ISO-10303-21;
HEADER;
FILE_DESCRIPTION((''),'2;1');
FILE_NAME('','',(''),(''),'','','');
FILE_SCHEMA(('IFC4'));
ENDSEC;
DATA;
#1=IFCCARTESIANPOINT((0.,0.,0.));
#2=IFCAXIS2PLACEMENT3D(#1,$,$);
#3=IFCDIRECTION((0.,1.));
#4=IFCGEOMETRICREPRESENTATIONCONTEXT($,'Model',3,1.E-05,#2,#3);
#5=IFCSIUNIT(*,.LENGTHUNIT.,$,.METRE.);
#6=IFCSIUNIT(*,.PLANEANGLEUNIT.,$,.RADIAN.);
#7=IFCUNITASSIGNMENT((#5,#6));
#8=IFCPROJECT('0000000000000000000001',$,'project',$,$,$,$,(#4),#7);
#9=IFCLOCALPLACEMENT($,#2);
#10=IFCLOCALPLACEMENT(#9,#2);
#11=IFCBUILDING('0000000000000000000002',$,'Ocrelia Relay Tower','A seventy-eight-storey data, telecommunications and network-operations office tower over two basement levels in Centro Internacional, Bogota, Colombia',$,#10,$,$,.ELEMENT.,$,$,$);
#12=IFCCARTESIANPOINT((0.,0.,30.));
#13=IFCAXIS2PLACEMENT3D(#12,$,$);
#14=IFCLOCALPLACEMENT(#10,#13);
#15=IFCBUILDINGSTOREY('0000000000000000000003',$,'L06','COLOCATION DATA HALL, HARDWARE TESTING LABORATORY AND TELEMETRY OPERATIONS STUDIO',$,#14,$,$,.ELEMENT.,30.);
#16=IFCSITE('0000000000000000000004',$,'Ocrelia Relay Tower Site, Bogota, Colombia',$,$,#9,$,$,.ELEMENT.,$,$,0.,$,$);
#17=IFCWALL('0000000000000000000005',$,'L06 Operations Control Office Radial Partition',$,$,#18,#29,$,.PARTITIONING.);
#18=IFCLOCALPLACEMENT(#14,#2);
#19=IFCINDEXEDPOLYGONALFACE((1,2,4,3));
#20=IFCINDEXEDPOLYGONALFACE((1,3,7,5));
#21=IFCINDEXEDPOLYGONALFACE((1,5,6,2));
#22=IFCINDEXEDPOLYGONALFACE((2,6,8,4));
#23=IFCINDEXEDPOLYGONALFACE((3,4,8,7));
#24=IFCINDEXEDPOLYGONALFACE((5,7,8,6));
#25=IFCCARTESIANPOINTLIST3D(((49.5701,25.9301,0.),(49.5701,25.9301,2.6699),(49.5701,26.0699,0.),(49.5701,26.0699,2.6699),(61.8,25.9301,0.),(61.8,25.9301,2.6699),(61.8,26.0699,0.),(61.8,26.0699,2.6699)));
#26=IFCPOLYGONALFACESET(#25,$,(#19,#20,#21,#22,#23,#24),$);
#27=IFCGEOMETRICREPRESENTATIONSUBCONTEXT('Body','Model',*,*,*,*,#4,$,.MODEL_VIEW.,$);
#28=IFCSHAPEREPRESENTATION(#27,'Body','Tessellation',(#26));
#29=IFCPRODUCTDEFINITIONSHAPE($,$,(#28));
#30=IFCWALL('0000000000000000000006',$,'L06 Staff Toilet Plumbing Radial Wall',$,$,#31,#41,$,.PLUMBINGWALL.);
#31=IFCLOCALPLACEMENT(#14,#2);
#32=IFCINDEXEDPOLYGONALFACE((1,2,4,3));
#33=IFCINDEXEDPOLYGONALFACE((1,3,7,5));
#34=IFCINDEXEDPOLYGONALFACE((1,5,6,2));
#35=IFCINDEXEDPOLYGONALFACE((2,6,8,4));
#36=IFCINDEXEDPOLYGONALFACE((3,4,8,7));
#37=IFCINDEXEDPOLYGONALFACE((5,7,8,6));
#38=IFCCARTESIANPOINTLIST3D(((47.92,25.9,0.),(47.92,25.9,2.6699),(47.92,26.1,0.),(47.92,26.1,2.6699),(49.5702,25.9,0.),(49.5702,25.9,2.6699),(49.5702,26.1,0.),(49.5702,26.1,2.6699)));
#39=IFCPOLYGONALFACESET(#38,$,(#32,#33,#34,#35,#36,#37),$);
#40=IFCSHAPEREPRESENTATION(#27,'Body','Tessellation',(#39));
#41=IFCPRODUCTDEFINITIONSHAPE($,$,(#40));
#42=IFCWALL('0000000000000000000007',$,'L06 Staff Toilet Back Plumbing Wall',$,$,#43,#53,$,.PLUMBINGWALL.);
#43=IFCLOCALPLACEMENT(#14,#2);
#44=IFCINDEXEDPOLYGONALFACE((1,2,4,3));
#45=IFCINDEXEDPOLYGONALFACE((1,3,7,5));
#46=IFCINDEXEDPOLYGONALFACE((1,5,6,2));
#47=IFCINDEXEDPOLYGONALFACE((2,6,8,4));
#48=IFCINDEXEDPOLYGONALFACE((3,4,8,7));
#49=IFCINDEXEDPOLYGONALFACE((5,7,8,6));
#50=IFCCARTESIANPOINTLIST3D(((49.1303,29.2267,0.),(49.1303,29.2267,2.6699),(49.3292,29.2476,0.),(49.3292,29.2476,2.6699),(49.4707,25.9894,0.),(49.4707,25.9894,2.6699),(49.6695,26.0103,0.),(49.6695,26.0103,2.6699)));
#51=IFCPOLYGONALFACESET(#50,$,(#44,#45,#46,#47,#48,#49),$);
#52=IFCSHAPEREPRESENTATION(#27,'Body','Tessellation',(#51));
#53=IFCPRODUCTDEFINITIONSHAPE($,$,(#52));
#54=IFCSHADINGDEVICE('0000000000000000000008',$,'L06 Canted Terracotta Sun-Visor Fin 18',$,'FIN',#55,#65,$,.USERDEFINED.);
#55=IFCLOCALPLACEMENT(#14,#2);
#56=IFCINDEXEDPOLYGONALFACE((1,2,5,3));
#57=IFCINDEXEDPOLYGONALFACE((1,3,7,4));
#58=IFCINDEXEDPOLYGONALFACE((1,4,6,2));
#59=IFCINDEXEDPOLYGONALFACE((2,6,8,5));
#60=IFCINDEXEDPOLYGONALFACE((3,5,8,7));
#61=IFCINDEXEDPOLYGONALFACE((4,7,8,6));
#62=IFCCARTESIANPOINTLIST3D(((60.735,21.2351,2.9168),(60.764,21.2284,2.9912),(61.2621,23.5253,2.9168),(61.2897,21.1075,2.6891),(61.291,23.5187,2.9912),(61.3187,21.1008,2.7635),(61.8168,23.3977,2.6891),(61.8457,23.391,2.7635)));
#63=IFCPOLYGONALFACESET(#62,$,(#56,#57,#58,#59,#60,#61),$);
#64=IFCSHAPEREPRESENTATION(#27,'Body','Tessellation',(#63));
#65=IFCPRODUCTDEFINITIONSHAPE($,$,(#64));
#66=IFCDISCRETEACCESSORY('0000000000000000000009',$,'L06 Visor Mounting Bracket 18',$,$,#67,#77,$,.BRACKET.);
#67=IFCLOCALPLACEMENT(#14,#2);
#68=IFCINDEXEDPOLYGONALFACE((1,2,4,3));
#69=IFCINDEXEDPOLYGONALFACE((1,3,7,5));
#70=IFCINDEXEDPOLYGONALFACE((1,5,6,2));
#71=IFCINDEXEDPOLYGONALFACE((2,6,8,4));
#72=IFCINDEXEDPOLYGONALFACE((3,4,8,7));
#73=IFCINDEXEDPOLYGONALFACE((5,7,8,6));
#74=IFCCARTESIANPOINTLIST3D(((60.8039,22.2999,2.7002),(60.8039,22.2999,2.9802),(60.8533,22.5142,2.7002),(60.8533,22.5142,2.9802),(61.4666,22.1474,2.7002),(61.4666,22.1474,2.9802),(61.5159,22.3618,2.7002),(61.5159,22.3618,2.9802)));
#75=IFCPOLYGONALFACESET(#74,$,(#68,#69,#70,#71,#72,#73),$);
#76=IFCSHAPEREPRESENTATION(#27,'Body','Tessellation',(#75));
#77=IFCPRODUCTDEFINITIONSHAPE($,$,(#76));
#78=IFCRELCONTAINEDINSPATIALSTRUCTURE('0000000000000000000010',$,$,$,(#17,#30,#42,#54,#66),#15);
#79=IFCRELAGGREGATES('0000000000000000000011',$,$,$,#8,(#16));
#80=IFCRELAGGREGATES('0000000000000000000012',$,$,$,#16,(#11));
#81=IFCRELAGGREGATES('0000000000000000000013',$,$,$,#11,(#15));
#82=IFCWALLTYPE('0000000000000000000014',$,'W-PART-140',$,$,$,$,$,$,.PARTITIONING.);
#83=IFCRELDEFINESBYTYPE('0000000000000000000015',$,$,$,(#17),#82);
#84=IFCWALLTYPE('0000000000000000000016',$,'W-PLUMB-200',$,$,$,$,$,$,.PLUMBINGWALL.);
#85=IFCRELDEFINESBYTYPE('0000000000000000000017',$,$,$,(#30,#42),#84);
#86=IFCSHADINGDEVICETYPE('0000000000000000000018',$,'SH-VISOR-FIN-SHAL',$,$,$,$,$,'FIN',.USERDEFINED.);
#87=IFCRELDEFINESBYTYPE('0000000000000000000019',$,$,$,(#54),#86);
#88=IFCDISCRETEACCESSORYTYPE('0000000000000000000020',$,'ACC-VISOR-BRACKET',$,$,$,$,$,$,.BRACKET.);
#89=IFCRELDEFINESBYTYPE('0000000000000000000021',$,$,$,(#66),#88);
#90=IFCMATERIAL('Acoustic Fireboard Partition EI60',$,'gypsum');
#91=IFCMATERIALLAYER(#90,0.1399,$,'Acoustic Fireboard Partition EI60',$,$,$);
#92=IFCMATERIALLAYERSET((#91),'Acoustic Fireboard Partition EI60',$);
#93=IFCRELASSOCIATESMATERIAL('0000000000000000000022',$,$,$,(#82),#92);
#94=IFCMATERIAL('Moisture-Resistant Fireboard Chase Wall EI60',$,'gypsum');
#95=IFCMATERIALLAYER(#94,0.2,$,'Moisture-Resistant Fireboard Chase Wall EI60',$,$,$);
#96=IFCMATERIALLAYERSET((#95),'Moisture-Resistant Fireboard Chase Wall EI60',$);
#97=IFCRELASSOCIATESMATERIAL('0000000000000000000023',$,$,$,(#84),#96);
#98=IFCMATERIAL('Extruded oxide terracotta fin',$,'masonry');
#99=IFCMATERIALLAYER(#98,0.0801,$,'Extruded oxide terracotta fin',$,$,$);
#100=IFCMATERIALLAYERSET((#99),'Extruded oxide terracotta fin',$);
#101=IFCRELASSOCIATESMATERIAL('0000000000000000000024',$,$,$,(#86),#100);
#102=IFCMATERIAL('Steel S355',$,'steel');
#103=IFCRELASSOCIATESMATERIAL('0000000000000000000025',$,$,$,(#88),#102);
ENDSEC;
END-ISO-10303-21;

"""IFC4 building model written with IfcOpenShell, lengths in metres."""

from ifc_helpers import new_model, si_unit, direction, frame, frame_2d, origin, origin_2d, place, context, subcontext, project, spatial, rectangle, extrude, material, layer, layer_set, type_object, element, save


model = new_model("IFC4")

# Units and contexts
model_context = context("Model", 3, precision=1e-05, world=origin(), true_north=direction((0.0, 1.0)))
body_context = subcontext(model_context, "Body", "Model", "MODEL_VIEW")
ifc_project = project(units=[si_unit("LENGTHUNIT", "METRE"), si_unit("PLANEANGLEUNIT", "RADIAN")], contexts=[model_context])

# Site, building, storey
site_placement = place(None, origin())
site = spatial("IfcSite", under=ifc_project, at=site_placement, Name="Ocrelia Relay Tower Site, Bogota, Colombia", CompositionType="ELEMENT", RefElevation=0.0)
building_placement = place(site_placement, origin())
building = spatial("IfcBuilding", under=site, at=building_placement, Name="Ocrelia Relay Tower", Description="A seventy-eight-storey data, telecommunications and network-operations office tower over two basement levels in Centro Internacional, Bogota, Colombia", CompositionType="ELEMENT")
storey_placement = place(building_placement, frame((0.0, 0.0, 30.0)))
storey = spatial("IfcBuildingStorey", under=building, at=storey_placement, Name="L06", Description="COLOCATION DATA HALL, HARDWARE TESTING LABORATORY AND TELEMETRY OPERATIONS STUDIO", CompositionType="ELEMENT", Elevation=30.0)

# Shared definitions
ifc_material_1 = material(Name="Steel S355", Category="steel")

# Walls
ifc_material_2 = material(Name="Acoustic Fireboard Partition EI60", Category="gypsum")
ifc_layer_1 = layer(ifc_material_2, 0.1399, Name="Acoustic Fireboard Partition EI60")
ifc_layer_set_1 = layer_set([ifc_layer_1], Name="Acoustic Fireboard Partition EI60")
wall_type_1 = type_object("IfcWallType", Name="W-PART-140", PredefinedType="PARTITIONING", material=ifc_layer_set_1)
wall_1_placement = place(storey_placement, frame((49.5701, 26.0, 0.0), z_axis=(0.0, 0.0, 1.0), x_axis=(1.0, 0.0, 0.0)))
element("IfcWall", 1, at=wall_1_placement, inside=storey, type_object=wall_type_1, Name="L06 Operations Control Office Radial Partition", PredefinedType="PARTITIONING", context=body_context, shape_type="SweptSolid", body=[
    extrude(rectangle(XDim=12.23, YDim=0.1399, at=frame_2d((6.115, 0.0))), origin(), (0.0, 0.0, 1.0), 2.6699),
])
ifc_material_3 = material(Name="Moisture-Resistant Fireboard Chase Wall EI60", Category="gypsum")
ifc_layer_2 = layer(ifc_material_3, 0.2, Name="Moisture-Resistant Fireboard Chase Wall EI60")
ifc_layer_set_2 = layer_set([ifc_layer_2], Name="Moisture-Resistant Fireboard Chase Wall EI60")
wall_type_2 = type_object("IfcWallType", Name="W-PLUMB-200", PredefinedType="PLUMBINGWALL", material=ifc_layer_set_2)
wall_2_placement = place(storey_placement, frame((47.9199, 26.0, 0.0), z_axis=(0.0, 0.0, 1.0), x_axis=(1.0, 0.0, 0.0)))
element("IfcWall", 2, at=wall_2_placement, inside=storey, type_object=wall_type_2, Name="L06 Staff Toilet Plumbing Radial Wall", PredefinedType="PLUMBINGWALL", context=body_context, shape_type="SweptSolid", body=[
    extrude(rectangle(XDim=1.6501, YDim=0.2, at=frame_2d((0.8252, 0.0))), origin(), (0.0, 0.0, 1.0), 2.6699),
])
wall_3_placement = place(storey_placement, frame((49.5701, 26.0, 0.0), z_axis=(0.0, 0.0, 1.0), x_axis=(-0.104552, 0.994519, 0.0)))
element("IfcWall", 3, at=wall_3_placement, inside=storey, type_object=wall_type_2, Name="L06 Staff Toilet Back Plumbing Wall", PredefinedType="PLUMBINGWALL", context=body_context, shape_type="SweptSolid", body=[
    extrude(rectangle(XDim=3.2551, YDim=0.2, at=frame_2d((1.6274, 0.0))), origin(), (0.0, 0.0, 1.0), 2.6699),
])

# Shading device
ifc_material_4 = material(Name="Extruded oxide terracotta fin", Category="masonry")
ifc_layer_3 = layer(ifc_material_4, 0.0801, Name="Extruded oxide terracotta fin")
ifc_layer_set_3 = layer_set([ifc_layer_3], Name="Extruded oxide terracotta fin")
shading_device_type = type_object("IfcShadingDeviceType", Name="SH-VISOR-FIN-SHAL", ElementType="FIN", PredefinedType="USERDEFINED", material=ifc_layer_set_3)
shading_device_placement = place(storey_placement, frame((61.2759, 22.3164, 2.803), z_axis=(0.361908, -0.083286, 0.928486), x_axis=(0.224268, 0.974527, 0.0)))
element("IfcShadingDevice", 4, at=shading_device_placement, inside=storey, type_object=shading_device_type, Name="L06 Canted Terracotta Sun-Visor Fin 18", ObjectType="FIN", PredefinedType="USERDEFINED", context=body_context, shape_type="SweptSolid", body=[
    extrude(rectangle(XDim=2.3501, YDim=0.613, at=origin_2d()), origin(), (0.0, 0.0, 1.0), 0.0801),
])

# Discrete accessory
discrete_accessory_type = type_object("IfcDiscreteAccessoryType", Name="ACC-VISOR-BRACKET", PredefinedType="BRACKET", material=ifc_material_1)
discrete_accessory_placement = place(storey_placement, frame((61.1599, 22.3308, 2.7002), z_axis=(0.0, 0.0, 1.0), x_axis=(0.224268, 0.974527, 0.0)))
element("IfcDiscreteAccessory", 5, at=discrete_accessory_placement, inside=storey, type_object=discrete_accessory_type, Name="L06 Visor Mounting Bracket 18", PredefinedType="BRACKET", context=body_context, shape_type="SweptSolid", body=[
    extrude(rectangle(XDim=0.22, YDim=0.6799, at=origin_2d()), origin(), (0.0, 0.0, 1.0), 0.28),
])

save(model, "model.ifc")
